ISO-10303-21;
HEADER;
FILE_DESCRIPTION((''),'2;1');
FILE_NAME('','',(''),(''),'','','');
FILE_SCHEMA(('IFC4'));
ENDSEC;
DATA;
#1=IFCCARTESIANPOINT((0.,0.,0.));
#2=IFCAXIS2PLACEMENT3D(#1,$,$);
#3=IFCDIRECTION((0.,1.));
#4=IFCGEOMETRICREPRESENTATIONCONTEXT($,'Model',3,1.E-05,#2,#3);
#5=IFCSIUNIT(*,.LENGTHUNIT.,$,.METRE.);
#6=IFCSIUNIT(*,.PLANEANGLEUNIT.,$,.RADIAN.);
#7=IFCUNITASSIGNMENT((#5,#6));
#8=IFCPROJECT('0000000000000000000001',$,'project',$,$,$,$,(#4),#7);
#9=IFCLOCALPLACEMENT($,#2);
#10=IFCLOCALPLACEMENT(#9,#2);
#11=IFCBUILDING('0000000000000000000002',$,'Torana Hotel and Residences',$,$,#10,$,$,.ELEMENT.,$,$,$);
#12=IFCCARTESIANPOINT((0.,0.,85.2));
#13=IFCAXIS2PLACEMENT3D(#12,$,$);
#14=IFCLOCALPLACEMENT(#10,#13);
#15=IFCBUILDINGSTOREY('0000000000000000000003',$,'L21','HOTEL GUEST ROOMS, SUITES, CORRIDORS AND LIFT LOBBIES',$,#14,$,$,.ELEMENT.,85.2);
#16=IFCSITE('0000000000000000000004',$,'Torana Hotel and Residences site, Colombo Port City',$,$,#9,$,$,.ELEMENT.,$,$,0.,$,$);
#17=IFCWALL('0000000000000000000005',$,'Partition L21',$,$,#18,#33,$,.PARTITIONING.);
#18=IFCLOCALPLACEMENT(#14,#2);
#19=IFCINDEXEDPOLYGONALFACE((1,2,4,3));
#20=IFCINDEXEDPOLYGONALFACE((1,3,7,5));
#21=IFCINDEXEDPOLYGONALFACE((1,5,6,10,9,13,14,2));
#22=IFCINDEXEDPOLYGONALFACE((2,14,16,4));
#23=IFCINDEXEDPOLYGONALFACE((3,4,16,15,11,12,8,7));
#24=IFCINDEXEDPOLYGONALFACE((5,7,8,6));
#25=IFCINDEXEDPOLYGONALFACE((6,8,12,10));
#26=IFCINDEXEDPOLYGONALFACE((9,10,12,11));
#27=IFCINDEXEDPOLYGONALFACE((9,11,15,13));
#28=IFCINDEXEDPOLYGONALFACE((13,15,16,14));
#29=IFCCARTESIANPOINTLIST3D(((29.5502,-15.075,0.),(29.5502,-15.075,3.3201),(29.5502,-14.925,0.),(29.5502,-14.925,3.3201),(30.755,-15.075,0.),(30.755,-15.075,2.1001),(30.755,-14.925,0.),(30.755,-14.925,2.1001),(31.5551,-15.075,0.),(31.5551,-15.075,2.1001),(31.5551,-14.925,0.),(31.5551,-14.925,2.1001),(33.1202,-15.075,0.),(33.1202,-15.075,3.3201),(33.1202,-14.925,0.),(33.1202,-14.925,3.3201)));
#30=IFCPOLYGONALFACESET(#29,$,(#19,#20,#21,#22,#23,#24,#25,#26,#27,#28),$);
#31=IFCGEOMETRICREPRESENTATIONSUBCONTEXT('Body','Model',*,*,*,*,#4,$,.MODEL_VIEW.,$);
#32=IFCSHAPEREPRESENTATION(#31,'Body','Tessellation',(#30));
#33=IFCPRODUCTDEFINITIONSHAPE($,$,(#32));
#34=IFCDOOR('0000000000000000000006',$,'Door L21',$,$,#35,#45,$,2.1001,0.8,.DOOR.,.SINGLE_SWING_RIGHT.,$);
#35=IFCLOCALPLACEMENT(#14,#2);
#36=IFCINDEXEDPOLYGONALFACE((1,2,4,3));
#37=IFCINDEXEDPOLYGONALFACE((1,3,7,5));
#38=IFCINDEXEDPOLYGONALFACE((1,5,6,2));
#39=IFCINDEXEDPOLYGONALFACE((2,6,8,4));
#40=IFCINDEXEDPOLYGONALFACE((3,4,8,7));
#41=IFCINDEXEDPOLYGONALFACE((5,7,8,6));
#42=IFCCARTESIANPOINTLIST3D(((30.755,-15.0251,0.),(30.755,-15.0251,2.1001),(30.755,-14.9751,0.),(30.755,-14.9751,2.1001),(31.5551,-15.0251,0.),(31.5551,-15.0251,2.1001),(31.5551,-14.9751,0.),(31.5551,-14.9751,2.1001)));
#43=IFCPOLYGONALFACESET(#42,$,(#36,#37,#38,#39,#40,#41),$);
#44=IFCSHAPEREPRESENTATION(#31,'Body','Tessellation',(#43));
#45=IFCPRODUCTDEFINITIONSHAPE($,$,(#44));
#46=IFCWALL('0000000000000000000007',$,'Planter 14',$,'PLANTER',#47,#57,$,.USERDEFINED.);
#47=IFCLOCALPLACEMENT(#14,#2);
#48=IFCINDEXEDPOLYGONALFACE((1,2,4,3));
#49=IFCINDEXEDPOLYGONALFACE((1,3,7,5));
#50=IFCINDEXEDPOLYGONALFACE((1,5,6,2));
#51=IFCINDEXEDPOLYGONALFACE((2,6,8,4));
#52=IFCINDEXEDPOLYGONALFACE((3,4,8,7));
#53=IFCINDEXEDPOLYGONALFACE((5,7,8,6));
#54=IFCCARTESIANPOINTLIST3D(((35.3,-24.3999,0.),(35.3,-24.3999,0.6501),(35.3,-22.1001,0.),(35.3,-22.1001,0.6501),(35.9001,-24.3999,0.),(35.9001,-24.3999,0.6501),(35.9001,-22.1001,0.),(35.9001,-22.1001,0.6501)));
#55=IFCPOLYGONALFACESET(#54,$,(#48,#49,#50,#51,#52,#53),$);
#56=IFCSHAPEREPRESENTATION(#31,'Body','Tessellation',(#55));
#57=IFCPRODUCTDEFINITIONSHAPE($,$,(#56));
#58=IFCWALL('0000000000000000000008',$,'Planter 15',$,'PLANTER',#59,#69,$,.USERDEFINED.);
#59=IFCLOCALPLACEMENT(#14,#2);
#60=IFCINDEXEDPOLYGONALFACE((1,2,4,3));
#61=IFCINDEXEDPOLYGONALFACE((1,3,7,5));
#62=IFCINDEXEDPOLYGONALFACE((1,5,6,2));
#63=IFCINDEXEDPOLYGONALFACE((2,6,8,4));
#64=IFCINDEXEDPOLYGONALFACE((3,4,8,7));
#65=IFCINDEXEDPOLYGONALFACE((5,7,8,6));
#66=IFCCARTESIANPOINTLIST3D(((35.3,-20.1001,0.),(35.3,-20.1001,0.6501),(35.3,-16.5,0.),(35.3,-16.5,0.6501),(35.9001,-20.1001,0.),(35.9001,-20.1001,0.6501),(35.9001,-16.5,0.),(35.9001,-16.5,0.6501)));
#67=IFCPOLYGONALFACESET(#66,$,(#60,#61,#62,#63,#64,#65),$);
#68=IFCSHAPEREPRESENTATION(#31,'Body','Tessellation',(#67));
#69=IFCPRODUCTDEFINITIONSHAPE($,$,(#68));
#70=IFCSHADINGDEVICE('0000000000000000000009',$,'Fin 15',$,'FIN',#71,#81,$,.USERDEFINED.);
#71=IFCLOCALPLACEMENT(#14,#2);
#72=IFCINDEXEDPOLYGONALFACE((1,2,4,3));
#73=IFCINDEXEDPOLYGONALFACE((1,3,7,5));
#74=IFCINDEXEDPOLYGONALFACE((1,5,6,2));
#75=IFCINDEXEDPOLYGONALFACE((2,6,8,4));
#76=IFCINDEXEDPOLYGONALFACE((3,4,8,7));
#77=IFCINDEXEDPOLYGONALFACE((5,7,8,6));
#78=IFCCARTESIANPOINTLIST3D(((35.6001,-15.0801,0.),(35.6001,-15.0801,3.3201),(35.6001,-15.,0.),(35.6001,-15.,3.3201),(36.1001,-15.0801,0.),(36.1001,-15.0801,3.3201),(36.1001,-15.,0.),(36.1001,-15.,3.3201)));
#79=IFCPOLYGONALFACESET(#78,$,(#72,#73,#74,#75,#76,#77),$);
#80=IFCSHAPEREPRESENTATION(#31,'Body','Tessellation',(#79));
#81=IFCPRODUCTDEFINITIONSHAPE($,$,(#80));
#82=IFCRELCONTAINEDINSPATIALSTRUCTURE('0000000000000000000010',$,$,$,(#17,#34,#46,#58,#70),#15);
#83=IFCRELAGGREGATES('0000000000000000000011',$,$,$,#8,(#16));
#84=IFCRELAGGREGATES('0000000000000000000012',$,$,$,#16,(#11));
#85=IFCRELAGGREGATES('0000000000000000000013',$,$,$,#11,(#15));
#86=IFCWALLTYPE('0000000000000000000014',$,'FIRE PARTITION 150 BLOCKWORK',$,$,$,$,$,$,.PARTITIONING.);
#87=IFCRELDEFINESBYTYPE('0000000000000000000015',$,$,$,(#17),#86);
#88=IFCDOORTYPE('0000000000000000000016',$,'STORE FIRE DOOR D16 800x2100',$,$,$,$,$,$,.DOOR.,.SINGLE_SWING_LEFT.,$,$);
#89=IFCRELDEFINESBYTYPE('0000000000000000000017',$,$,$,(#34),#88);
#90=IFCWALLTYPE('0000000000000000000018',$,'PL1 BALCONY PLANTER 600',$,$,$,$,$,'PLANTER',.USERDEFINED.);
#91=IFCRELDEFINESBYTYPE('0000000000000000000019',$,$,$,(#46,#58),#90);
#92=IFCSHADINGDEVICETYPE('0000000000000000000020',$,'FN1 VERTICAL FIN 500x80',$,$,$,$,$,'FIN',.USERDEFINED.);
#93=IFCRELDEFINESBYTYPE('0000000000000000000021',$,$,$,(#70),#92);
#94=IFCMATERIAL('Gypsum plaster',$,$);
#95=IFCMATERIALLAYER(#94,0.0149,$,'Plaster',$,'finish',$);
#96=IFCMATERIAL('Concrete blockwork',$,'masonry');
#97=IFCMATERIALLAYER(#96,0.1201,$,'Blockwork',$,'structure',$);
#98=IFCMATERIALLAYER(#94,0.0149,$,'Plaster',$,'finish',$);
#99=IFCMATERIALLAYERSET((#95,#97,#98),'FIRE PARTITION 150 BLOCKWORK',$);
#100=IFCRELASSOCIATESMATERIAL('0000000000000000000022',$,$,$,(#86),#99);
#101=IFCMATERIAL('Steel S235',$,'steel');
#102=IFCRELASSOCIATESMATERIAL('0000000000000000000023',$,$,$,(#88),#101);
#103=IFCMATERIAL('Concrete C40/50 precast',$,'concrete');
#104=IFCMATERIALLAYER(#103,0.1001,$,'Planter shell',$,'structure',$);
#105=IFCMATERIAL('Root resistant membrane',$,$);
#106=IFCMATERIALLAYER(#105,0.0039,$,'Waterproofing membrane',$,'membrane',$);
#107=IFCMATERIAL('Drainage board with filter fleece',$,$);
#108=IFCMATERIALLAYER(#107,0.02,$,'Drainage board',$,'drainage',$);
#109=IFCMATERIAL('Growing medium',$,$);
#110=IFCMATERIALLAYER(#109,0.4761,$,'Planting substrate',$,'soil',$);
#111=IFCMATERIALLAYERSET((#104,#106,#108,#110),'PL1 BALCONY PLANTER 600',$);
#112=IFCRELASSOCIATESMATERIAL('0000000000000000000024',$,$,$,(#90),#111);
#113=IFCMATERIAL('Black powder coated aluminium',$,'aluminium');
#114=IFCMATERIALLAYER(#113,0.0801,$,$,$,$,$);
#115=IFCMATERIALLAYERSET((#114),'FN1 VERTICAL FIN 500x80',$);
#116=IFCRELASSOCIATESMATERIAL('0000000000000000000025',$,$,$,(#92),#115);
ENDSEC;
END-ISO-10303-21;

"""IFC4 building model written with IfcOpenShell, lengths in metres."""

from ifc_helpers import new_model, si_unit, direction, frame, frame_2d, origin, origin_2d, place, context, subcontext, project, spatial, rectangle, extrude, material, layer, layer_set, type_object, element, fill, save


model = new_model("IFC4")

# Units and contexts
model_context = context("Model", 3, precision=1e-05, world=origin(), true_north=direction((0.0, 1.0)))
body_context = subcontext(model_context, "Body", "Model", "MODEL_VIEW")
ifc_project = project(units=[si_unit("LENGTHUNIT", "METRE"), si_unit("PLANEANGLEUNIT", "RADIAN")], contexts=[model_context])

# Site, building, storey
site_placement = place(None, origin())
site = spatial("IfcSite", under=ifc_project, at=site_placement, Name="Torana Hotel and Residences site, Colombo Port City", CompositionType="ELEMENT", RefElevation=0.0)
building_placement = place(site_placement, origin())
building = spatial("IfcBuilding", under=site, at=building_placement, Name="Torana Hotel and Residences", CompositionType="ELEMENT")
storey_placement = place(building_placement, frame((0.0, 0.0, 85.2)))
storey = spatial("IfcBuildingStorey", under=building, at=storey_placement, Name="L21", Description="HOTEL GUEST ROOMS, SUITES, CORRIDORS AND LIFT LOBBIES", CompositionType="ELEMENT", Elevation=85.2)

# Wall, opening, door
ifc_material_1 = material(Name="Gypsum plaster")
ifc_layer_1 = layer(ifc_material_1, 0.0149, Name="Plaster", Category="finish")
ifc_material_2 = material(Name="Concrete blockwork", Category="masonry")
ifc_layer_2 = layer(ifc_material_2, 0.1201, Name="Blockwork", Category="structure")
ifc_layer_3 = layer(ifc_material_1, 0.0149, Name="Plaster", Category="finish")
ifc_layer_set_1 = layer_set([ifc_layer_1, ifc_layer_2, ifc_layer_3], Name="FIRE PARTITION 150 BLOCKWORK")
wall_type_1 = type_object("IfcWallType", Name="FIRE PARTITION 150 BLOCKWORK", PredefinedType="PARTITIONING", material=ifc_layer_set_1)
wall_1_placement = place(storey_placement, frame((29.55, -15.0, 0.0), z_axis=(0.0, 0.0, 1.0), x_axis=(1.0, 0.0, 0.0)))
wall_1 = element("IfcWall", 1, at=wall_1_placement, inside=storey, type_object=wall_type_1, Name="Partition L21", PredefinedType="PARTITIONING", context=body_context, shape_type="SweptSolid", body=[
    extrude(rectangle(XDim=3.5701, YDim=0.1499, at=frame_2d((1.7852, 0.0))), origin(), (0.0, 0.0, 1.0), 3.3201),
])
opening_1_placement = place(wall_1_placement, frame((1.2051, 0.0, 0.0)))
opening_1 = element("IfcOpeningElement", 2, at=opening_1_placement, cuts=wall_1, PredefinedType="OPENING", context=body_context, shape_type="SweptSolid", body=[
    extrude(rectangle(XDim=0.8, YDim=2.1001, at=frame_2d((0.3999, 1.05))), frame((0.0, 0.085, 0.0), z_axis=(0.0, -1.0, 0.0), x_axis=(1.0, 0.0, 0.0)), (0.0, 0.0, 1.0), 0.1699),
])
ifc_material_3 = material(Name="Steel S235", Category="steel")
door_type_1 = type_object("IfcDoorType", Name="STORE FIRE DOOR D16 800x2100", OperationType="SINGLE_SWING_LEFT", PredefinedType="DOOR", material=ifc_material_3)
door_1_placement = place(opening_1_placement, origin())
door_1 = element("IfcDoor", 3, at=door_1_placement, inside=storey, type_object=door_type_1, Name="Door L21", OperationType="SINGLE_SWING_RIGHT", OverallHeight=2.1001, OverallWidth=0.8, PredefinedType="DOOR", context=body_context, shape_type="SweptSolid", body=[
    extrude(rectangle(XDim=0.8, YDim=2.1001, at=frame_2d((0.3999, 1.05))), frame((0.0, 0.0249, 0.0), z_axis=(0.0, -1.0, 0.0), x_axis=(1.0, 0.0, 0.0)), (0.0, 0.0, 1.0), 0.05),
])
fill(opening_1, door_1)

# Walls
ifc_material_4 = material(Name="Concrete C40/50 precast", Category="concrete")
ifc_layer_4 = layer(ifc_material_4, 0.1001, Name="Planter shell", Category="structure")
ifc_material_5 = material(Name="Root resistant membrane")
ifc_layer_5 = layer(ifc_material_5, 0.0039, Name="Waterproofing membrane", Category="membrane")
ifc_material_6 = material(Name="Drainage board with filter fleece")
ifc_layer_6 = layer(ifc_material_6, 0.02, Name="Drainage board", Category="drainage")
ifc_material_7 = material(Name="Growing medium")
ifc_layer_7 = layer(ifc_material_7, 0.4761, Name="Planting substrate", Category="soil")
ifc_layer_set_2 = layer_set([ifc_layer_4, ifc_layer_5, ifc_layer_6, ifc_layer_7], Name="PL1 BALCONY PLANTER 600")
wall_type_2 = type_object("IfcWallType", Name="PL1 BALCONY PLANTER 600", ElementType="PLANTER", PredefinedType="USERDEFINED", material=ifc_layer_set_2)
wall_2_placement = place(storey_placement, frame((35.6001, -22.1001, 0.0), z_axis=(0.0, 0.0, 1.0), x_axis=(0.0, -1.0, 0.0)))
element("IfcWall", 4, at=wall_2_placement, inside=storey, type_object=wall_type_2, Name="Planter 14", ObjectType="PLANTER", PredefinedType="USERDEFINED", context=body_context, shape_type="SweptSolid", body=[
    extrude(rectangle(XDim=2.2998, YDim=0.6001, at=frame_2d((1.1499, 0.0))), origin(), (0.0, 0.0, 1.0), 0.6501),
])
wall_3_placement = place(storey_placement, frame((35.6001, -16.5, 0.0), z_axis=(0.0, 0.0, 1.0), x_axis=(0.0, -1.0, 0.0)))
element("IfcWall", 5, at=wall_3_placement, inside=storey, type_object=wall_type_2, Name="Planter 15", ObjectType="PLANTER", PredefinedType="USERDEFINED", context=body_context, shape_type="SweptSolid", body=[
    extrude(rectangle(XDim=3.6001, YDim=0.6001, at=frame_2d((1.8, 0.0))), origin(), (0.0, 0.0, 1.0), 0.6501),
])

# Shading device
ifc_material_8 = material(Name="Black powder coated aluminium", Category="aluminium")
ifc_layer_8 = layer(ifc_material_8, 0.0801)
ifc_layer_set_3 = layer_set([ifc_layer_8], Name="FN1 VERTICAL FIN 500x80")
shading_device_type = type_object("IfcShadingDeviceType", Name="FN1 VERTICAL FIN 500x80", ElementType="FIN", PredefinedType="USERDEFINED", material=ifc_layer_set_3)
shading_device_placement = place(storey_placement, frame((35.8501, -15.04, 0.0), z_axis=(0.0, 0.0, 1.0), x_axis=(0.0, -1.0, 0.0)))
element("IfcShadingDevice", 6, at=shading_device_placement, inside=storey, type_object=shading_device_type, Name="Fin 15", ObjectType="FIN", PredefinedType="USERDEFINED", context=body_context, shape_type="SweptSolid", body=[
    extrude(rectangle(XDim=0.0801, YDim=0.5, at=origin_2d()), origin(), (0.0, 0.0, 1.0), 3.3201),
])

save(model, "model.ifc")
